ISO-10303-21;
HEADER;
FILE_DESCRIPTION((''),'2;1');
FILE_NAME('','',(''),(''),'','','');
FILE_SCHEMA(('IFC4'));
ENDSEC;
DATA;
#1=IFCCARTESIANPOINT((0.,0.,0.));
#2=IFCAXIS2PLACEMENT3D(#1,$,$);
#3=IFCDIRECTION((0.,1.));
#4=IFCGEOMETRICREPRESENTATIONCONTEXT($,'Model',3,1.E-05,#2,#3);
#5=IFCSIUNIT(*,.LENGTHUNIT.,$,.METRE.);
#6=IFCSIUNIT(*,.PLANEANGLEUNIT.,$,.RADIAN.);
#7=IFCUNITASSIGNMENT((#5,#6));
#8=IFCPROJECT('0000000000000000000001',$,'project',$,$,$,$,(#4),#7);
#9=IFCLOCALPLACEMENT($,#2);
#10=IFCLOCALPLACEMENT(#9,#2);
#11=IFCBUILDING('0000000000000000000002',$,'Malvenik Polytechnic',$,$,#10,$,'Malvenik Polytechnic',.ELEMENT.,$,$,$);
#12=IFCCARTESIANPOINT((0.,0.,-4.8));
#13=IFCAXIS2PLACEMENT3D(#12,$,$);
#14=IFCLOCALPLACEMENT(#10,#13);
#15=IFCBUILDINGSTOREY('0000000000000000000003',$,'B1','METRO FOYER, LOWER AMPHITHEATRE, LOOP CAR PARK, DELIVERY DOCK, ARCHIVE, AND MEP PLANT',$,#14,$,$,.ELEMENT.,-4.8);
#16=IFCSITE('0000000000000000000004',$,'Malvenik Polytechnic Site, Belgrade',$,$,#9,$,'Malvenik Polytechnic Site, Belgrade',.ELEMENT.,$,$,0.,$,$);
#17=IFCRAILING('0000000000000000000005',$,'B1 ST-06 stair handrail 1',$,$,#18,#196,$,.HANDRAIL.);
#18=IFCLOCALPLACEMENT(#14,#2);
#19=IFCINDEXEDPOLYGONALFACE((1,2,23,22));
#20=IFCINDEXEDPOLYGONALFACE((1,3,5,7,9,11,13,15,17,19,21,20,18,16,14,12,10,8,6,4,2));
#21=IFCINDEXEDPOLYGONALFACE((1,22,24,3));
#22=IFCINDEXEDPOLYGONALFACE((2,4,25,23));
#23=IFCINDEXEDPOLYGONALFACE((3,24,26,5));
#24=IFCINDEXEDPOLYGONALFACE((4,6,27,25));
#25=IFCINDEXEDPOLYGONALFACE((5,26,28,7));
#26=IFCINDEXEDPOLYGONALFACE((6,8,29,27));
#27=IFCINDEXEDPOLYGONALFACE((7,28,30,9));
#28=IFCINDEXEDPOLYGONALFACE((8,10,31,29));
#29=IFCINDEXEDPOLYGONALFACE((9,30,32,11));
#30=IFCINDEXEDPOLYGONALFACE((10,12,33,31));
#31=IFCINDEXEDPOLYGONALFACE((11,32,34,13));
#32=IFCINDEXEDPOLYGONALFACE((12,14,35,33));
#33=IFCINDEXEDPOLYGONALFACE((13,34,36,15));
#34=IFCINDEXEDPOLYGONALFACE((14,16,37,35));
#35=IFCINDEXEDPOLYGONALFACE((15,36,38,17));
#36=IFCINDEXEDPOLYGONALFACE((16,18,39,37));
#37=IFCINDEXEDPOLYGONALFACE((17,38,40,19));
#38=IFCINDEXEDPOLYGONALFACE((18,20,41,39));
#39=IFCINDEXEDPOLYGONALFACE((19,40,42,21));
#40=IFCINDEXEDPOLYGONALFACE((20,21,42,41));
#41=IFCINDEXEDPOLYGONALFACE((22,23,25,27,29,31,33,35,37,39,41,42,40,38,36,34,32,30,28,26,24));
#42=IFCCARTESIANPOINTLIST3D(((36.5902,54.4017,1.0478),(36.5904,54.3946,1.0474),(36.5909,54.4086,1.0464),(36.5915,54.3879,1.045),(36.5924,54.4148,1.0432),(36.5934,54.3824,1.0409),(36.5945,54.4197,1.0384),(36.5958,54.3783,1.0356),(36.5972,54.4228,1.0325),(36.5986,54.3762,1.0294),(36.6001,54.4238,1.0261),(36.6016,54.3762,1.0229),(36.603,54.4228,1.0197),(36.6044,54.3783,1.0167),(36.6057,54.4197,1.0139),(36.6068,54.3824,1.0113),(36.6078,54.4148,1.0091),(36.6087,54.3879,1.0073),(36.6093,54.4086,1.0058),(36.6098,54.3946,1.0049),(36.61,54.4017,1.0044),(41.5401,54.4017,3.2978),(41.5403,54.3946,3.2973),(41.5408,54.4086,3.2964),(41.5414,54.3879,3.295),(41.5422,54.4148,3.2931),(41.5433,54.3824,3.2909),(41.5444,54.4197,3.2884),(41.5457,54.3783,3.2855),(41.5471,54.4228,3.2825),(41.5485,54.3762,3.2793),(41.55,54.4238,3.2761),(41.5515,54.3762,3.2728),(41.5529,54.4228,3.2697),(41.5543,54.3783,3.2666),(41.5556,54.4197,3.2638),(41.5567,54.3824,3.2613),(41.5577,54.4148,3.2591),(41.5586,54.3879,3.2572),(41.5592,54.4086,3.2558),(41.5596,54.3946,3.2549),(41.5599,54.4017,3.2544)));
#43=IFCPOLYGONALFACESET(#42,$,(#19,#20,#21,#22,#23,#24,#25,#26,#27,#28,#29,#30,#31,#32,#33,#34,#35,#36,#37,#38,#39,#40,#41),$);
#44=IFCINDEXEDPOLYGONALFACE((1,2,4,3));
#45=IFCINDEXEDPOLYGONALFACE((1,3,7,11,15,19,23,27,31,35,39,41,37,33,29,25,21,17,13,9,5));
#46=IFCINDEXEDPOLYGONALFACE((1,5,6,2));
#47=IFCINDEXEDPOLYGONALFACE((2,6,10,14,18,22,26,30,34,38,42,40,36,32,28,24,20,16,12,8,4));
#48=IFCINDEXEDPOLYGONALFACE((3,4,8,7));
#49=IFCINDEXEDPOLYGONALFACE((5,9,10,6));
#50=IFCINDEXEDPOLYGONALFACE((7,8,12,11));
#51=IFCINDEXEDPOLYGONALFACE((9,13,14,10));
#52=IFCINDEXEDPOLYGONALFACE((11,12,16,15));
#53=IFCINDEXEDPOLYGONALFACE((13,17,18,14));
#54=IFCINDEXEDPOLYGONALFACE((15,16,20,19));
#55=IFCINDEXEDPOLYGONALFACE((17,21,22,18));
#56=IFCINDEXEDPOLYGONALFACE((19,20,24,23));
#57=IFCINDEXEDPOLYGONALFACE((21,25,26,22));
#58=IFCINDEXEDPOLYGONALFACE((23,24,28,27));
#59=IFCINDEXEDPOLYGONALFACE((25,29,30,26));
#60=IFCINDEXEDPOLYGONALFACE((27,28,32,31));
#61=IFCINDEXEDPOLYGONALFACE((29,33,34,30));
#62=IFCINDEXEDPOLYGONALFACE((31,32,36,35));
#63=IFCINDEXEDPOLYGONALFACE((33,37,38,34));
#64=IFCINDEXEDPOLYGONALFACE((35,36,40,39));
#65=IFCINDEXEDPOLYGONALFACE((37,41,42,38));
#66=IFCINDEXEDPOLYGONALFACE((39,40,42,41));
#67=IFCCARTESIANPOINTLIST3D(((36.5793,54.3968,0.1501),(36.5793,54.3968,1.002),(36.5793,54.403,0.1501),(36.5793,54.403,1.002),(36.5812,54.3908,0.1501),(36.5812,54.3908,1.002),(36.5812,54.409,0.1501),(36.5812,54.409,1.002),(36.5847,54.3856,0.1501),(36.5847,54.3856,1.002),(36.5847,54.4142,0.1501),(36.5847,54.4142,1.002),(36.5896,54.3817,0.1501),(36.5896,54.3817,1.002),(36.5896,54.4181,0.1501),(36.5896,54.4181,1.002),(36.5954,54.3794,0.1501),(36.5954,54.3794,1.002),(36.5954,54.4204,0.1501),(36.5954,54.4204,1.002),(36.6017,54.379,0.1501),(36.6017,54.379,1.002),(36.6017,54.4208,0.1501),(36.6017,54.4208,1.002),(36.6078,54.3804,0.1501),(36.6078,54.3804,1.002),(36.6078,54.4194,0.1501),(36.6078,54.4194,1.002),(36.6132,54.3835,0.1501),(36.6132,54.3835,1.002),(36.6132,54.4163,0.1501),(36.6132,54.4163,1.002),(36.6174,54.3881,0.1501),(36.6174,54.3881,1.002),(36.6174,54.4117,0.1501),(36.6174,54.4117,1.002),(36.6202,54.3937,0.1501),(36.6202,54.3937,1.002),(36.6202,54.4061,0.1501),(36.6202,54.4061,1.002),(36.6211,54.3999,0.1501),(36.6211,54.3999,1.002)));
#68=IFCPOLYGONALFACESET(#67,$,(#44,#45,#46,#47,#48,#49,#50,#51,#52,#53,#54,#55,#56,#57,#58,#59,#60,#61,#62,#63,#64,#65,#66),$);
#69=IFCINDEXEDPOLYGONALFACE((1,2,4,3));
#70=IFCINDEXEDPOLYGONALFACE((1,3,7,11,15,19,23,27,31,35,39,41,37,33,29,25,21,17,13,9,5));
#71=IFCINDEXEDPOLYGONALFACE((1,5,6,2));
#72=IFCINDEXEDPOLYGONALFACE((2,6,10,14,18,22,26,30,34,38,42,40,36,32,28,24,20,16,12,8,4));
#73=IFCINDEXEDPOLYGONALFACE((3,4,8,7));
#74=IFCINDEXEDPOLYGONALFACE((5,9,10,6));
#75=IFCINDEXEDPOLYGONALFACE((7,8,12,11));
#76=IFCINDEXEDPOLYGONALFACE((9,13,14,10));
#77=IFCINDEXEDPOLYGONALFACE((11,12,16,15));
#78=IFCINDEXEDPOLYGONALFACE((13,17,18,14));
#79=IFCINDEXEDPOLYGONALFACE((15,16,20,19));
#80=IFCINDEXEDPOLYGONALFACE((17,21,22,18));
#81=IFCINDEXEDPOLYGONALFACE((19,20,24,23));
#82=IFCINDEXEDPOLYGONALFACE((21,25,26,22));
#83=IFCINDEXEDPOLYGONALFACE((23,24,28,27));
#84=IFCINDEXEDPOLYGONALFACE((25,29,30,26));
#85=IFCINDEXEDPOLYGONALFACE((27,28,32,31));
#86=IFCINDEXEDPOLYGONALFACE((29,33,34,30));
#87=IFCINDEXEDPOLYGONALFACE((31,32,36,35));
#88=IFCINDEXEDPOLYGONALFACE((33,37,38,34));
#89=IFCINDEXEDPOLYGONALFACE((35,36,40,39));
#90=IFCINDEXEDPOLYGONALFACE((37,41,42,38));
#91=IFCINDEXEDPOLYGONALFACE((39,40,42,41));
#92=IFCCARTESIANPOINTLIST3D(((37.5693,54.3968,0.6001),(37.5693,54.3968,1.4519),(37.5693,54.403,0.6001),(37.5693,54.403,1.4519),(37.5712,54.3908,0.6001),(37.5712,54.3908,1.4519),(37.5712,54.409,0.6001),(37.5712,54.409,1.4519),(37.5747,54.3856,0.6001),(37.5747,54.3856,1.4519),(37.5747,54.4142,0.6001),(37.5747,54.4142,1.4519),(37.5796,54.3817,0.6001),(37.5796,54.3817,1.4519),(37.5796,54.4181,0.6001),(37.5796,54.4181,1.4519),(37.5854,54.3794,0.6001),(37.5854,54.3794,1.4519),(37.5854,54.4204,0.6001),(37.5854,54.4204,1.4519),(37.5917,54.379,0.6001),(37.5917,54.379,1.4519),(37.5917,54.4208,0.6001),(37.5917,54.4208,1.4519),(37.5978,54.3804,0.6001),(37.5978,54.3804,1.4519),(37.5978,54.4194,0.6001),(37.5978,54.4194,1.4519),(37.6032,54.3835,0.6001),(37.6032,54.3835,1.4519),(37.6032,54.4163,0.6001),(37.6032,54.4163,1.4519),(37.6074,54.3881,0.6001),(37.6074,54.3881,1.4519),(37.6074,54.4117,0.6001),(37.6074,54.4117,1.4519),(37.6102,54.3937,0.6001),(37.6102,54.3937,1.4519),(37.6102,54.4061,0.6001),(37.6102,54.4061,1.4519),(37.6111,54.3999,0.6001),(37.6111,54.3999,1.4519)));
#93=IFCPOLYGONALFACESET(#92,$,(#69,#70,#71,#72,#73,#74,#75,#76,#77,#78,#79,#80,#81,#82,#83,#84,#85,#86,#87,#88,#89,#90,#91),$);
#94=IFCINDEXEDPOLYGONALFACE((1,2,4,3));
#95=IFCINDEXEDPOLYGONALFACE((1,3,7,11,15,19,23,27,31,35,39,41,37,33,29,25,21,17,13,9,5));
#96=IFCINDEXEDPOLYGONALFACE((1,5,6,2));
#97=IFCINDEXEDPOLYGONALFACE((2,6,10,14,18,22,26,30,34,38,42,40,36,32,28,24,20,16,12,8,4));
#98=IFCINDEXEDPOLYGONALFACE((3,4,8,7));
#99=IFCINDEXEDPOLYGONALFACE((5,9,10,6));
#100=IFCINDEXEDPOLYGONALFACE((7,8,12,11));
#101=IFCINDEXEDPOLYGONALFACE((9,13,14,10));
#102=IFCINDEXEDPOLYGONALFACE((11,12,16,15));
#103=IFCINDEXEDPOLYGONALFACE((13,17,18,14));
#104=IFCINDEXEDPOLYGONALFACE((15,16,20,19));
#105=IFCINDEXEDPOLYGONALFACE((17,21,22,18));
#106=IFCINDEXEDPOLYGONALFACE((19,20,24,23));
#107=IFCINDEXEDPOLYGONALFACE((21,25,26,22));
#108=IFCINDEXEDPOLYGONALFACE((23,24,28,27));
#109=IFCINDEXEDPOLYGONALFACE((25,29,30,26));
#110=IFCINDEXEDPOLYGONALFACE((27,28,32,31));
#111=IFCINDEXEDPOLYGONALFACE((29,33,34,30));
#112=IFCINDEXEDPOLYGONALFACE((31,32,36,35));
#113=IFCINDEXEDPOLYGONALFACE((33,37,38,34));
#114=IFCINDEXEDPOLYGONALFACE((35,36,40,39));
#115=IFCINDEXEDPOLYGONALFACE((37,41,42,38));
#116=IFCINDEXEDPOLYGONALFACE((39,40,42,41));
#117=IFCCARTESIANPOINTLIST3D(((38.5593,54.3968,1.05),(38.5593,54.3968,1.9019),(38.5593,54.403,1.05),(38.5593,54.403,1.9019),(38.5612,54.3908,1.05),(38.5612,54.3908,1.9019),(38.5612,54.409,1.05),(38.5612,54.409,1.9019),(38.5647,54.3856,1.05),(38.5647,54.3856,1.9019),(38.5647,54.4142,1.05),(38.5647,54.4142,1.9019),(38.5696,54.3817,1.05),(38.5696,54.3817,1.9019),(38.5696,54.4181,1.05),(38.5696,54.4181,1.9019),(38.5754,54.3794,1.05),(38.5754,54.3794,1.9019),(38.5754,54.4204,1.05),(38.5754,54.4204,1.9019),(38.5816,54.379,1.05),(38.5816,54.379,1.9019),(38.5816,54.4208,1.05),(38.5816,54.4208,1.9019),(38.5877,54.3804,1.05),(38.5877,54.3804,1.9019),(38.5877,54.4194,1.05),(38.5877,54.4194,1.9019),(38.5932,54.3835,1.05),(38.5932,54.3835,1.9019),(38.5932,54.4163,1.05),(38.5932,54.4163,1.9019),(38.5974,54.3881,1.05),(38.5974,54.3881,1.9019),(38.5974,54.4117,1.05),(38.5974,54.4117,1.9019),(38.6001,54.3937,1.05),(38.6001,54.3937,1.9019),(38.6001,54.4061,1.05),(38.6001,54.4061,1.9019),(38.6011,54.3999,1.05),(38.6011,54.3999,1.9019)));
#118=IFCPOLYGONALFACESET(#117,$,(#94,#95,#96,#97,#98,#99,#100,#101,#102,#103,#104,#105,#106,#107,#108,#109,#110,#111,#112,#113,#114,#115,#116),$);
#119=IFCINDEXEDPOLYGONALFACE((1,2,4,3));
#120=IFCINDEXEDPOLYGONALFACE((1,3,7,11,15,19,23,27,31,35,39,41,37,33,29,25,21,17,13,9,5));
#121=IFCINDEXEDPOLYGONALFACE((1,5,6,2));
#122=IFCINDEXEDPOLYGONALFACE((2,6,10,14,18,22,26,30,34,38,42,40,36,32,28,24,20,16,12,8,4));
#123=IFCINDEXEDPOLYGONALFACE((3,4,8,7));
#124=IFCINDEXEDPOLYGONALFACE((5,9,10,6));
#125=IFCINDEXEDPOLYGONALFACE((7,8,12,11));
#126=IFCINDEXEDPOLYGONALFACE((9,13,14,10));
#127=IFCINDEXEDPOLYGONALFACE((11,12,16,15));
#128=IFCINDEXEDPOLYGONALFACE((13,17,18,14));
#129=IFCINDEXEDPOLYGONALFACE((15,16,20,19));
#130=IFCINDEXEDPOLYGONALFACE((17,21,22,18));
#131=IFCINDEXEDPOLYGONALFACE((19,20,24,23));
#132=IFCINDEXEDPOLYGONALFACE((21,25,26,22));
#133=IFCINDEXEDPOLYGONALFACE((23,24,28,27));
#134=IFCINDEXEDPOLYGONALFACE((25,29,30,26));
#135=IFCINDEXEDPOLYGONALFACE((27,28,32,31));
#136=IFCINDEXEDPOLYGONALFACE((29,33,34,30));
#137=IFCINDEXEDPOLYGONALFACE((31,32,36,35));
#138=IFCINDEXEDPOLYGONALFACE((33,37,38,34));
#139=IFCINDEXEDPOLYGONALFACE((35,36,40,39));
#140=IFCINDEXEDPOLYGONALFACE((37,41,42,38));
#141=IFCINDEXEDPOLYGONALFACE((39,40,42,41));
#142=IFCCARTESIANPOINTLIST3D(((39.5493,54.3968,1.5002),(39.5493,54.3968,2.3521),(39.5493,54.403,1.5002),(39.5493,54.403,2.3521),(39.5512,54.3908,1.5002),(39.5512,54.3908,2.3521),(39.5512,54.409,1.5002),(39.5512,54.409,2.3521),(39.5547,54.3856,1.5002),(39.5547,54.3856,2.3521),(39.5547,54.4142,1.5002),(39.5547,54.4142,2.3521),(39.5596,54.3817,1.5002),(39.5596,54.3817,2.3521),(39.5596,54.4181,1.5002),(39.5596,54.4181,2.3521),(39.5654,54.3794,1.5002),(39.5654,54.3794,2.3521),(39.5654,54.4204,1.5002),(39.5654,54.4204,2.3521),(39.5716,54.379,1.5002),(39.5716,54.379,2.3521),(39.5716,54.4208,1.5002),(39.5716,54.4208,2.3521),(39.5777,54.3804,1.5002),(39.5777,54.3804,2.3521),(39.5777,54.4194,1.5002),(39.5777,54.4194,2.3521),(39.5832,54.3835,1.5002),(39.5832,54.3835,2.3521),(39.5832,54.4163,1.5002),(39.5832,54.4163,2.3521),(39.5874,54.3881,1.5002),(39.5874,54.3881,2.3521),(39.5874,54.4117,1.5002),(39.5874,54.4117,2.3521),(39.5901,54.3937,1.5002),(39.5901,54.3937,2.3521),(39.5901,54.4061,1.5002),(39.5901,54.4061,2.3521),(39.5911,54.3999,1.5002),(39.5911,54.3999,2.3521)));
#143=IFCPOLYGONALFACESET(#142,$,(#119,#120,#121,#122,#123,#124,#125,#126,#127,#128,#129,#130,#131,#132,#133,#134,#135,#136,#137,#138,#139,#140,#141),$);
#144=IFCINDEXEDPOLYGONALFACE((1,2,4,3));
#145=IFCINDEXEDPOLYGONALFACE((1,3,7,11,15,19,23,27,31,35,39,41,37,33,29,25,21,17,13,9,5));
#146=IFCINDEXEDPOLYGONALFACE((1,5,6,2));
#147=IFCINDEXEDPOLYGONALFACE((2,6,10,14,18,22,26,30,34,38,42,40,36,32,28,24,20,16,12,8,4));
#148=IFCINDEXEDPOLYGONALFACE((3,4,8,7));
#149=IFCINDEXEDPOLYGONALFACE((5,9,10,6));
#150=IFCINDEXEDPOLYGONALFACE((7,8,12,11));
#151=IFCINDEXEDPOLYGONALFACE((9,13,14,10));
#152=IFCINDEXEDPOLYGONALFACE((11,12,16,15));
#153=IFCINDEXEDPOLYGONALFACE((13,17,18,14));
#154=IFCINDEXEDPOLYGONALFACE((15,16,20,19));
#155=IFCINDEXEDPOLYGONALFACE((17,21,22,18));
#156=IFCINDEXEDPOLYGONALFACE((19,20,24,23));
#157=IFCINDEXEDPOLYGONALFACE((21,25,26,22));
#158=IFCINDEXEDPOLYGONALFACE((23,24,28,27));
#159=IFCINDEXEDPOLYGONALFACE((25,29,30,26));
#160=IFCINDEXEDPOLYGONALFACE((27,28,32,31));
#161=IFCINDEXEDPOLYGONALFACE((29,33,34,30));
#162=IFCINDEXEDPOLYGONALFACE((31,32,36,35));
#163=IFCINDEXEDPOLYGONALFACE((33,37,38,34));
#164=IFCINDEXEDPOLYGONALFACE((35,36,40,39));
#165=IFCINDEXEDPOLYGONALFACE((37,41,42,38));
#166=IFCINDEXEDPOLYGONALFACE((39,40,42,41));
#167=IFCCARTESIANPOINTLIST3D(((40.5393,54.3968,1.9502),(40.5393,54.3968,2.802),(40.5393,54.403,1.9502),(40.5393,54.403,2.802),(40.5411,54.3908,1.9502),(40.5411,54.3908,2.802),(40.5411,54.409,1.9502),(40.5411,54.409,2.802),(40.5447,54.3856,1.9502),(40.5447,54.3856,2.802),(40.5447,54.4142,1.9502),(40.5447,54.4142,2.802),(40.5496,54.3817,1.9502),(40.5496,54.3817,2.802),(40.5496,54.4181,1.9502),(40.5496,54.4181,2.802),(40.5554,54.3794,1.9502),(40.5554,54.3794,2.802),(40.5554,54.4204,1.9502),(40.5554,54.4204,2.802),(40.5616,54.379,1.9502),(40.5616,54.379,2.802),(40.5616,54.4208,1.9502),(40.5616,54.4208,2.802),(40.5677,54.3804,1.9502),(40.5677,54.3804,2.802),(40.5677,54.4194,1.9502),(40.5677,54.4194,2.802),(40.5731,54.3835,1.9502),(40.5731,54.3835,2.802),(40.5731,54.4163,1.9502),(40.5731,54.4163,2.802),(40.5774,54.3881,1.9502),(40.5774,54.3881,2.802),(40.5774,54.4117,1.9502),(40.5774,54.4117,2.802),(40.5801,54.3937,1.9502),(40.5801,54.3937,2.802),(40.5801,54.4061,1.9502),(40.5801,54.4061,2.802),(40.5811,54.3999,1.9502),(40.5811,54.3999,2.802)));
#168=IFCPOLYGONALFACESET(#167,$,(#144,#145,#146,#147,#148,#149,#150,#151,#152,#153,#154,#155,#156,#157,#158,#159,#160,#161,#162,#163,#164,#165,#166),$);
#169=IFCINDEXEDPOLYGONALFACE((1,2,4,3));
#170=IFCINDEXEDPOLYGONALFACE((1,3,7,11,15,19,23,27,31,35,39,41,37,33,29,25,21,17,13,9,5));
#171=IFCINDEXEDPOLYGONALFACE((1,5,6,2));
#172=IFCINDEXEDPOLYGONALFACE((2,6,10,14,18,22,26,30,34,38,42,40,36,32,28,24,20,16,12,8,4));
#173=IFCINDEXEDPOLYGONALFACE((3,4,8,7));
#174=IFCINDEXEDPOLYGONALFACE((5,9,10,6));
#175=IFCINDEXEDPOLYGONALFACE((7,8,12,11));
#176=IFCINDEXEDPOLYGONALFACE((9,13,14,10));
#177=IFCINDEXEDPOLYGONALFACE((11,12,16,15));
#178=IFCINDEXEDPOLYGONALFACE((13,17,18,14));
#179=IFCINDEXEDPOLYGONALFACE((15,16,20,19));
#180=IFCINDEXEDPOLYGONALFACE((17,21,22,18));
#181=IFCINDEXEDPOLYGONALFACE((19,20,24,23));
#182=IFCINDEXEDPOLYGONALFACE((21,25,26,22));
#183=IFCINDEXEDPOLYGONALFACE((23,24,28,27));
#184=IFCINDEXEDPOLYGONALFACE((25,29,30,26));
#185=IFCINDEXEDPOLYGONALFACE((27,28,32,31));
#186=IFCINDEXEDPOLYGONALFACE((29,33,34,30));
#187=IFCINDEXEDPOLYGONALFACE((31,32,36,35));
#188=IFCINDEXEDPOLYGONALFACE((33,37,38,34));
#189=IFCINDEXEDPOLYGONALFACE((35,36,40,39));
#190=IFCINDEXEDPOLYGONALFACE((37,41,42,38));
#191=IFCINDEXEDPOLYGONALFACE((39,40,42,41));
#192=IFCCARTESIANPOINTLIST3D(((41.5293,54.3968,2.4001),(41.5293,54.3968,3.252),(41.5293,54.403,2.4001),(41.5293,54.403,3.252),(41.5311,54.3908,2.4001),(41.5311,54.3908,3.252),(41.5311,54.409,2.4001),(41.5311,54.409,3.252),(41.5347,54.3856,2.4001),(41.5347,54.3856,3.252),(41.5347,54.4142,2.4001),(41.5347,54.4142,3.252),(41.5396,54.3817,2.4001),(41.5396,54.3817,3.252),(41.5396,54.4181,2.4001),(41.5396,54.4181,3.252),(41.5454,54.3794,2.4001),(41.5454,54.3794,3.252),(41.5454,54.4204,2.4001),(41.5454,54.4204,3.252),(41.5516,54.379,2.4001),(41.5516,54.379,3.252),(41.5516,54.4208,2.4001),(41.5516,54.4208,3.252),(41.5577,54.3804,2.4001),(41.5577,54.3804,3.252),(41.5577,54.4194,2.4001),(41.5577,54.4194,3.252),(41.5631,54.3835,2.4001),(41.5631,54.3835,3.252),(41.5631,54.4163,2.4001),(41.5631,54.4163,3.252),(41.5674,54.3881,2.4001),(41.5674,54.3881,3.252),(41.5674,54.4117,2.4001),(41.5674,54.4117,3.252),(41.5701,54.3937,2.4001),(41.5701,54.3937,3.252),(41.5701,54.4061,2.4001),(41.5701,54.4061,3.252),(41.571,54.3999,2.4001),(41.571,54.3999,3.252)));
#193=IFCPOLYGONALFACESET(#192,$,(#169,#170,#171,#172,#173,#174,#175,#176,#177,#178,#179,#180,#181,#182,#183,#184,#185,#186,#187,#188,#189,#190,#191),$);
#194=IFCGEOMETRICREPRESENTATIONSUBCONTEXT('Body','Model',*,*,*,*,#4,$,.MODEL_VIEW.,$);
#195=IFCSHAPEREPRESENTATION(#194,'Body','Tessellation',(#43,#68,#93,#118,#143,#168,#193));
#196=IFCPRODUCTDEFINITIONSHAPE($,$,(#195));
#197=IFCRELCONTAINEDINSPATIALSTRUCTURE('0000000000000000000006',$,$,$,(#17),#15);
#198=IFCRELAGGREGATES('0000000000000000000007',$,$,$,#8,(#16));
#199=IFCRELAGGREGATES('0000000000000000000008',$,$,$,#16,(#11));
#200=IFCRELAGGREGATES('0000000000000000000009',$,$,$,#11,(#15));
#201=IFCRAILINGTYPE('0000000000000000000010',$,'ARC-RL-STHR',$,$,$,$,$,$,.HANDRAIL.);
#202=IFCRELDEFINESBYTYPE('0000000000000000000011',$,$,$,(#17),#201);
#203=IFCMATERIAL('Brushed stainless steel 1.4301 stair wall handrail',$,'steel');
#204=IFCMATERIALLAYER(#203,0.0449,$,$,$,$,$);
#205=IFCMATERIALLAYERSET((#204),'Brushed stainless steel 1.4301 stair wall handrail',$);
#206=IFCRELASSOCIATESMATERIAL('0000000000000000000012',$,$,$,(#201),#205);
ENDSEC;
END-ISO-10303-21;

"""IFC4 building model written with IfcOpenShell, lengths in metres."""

from ifc_helpers import new_model, si_unit, direction, frame, origin, origin_2d, place, context, subcontext, project, spatial, circle, extrude, material, layer, layer_set, type_object, element, save


model = new_model("IFC4")

# Units and contexts
model_context = context("Model", 3, precision=1e-05, world=origin(), true_north=direction((0.0, 1.0)))
body_context = subcontext(model_context, "Body", "Model", "MODEL_VIEW")
ifc_project = project(units=[si_unit("LENGTHUNIT", "METRE"), si_unit("PLANEANGLEUNIT", "RADIAN")], contexts=[model_context])

# Site, building, storey
site_placement = place(None, origin())
site = spatial("IfcSite", under=ifc_project, at=site_placement, Name="Malvenik Polytechnic Site, Belgrade", LongName="Malvenik Polytechnic Site, Belgrade", CompositionType="ELEMENT", RefElevation=0.0)
building_placement = place(site_placement, origin())
building = spatial("IfcBuilding", under=site, at=building_placement, Name="Malvenik Polytechnic", LongName="Malvenik Polytechnic", CompositionType="ELEMENT")
storey_placement = place(building_placement, frame((0.0, 0.0, -4.8)))
storey = spatial("IfcBuildingStorey", under=building, at=storey_placement, Name="B1", Description="METRO FOYER, LOWER AMPHITHEATRE, LOOP CAR PARK, DELIVERY DOCK, ARCHIVE, AND MEP PLANT", CompositionType="ELEMENT", Elevation=-4.8)

# Railing
ifc_material_1 = material(Name="Brushed stainless steel 1.4301 stair wall handrail", Category="steel")
ifc_layer_1 = layer(ifc_material_1, 0.0449)
ifc_layer_set_1 = layer_set([ifc_layer_1], Name="Brushed stainless steel 1.4301 stair wall handrail")
railing_type_1 = type_object("IfcRailingType", Name="ARC-RL-STHR", PredefinedType="HANDRAIL", material=ifc_layer_set_1)
railing_1_placement = place(storey_placement, frame((36.6001, 54.3999, 0.1501)))
element("IfcRailing", 1, at=railing_1_placement, inside=storey, type_object=railing_type_1, Name="B1 ST-06 stair handrail 1", PredefinedType="HANDRAIL", context=body_context, shape_type="SweptSolid", body=[
    extrude(circle(Radius=0.0239, at=origin_2d()), frame((0.0, 0.0, 0.876), z_axis=(0.910365, 0.0, 0.413806), x_axis=(0.0, 1.0, 0.0)), (0.0, 0.0, 1.0), 5.4373),
    extrude(circle(Radius=0.021, at=origin_2d()), origin(), (0.0, 0.0, 1.0), 0.8518),
    extrude(circle(Radius=0.021, at=origin_2d()), frame((0.99, 0.0, 0.45)), (0.0, 0.0, 1.0), 0.8518),
    extrude(circle(Radius=0.021, at=origin_2d()), frame((1.98, 0.0, 0.8999)), (0.0, 0.0, 1.0), 0.8518),
    extrude(circle(Radius=0.021, at=origin_2d()), frame((2.97, 0.0, 1.3501)), (0.0, 0.0, 1.0), 0.8518),
    extrude(circle(Radius=0.021, at=origin_2d()), frame((3.96, 0.0, 1.8)), (0.0, 0.0, 1.0), 0.8518),
    extrude(circle(Radius=0.021, at=origin_2d()), frame((4.95, 0.0, 2.25)), (0.0, 0.0, 1.0), 0.8518),
])

save(model, "model.ifc")
